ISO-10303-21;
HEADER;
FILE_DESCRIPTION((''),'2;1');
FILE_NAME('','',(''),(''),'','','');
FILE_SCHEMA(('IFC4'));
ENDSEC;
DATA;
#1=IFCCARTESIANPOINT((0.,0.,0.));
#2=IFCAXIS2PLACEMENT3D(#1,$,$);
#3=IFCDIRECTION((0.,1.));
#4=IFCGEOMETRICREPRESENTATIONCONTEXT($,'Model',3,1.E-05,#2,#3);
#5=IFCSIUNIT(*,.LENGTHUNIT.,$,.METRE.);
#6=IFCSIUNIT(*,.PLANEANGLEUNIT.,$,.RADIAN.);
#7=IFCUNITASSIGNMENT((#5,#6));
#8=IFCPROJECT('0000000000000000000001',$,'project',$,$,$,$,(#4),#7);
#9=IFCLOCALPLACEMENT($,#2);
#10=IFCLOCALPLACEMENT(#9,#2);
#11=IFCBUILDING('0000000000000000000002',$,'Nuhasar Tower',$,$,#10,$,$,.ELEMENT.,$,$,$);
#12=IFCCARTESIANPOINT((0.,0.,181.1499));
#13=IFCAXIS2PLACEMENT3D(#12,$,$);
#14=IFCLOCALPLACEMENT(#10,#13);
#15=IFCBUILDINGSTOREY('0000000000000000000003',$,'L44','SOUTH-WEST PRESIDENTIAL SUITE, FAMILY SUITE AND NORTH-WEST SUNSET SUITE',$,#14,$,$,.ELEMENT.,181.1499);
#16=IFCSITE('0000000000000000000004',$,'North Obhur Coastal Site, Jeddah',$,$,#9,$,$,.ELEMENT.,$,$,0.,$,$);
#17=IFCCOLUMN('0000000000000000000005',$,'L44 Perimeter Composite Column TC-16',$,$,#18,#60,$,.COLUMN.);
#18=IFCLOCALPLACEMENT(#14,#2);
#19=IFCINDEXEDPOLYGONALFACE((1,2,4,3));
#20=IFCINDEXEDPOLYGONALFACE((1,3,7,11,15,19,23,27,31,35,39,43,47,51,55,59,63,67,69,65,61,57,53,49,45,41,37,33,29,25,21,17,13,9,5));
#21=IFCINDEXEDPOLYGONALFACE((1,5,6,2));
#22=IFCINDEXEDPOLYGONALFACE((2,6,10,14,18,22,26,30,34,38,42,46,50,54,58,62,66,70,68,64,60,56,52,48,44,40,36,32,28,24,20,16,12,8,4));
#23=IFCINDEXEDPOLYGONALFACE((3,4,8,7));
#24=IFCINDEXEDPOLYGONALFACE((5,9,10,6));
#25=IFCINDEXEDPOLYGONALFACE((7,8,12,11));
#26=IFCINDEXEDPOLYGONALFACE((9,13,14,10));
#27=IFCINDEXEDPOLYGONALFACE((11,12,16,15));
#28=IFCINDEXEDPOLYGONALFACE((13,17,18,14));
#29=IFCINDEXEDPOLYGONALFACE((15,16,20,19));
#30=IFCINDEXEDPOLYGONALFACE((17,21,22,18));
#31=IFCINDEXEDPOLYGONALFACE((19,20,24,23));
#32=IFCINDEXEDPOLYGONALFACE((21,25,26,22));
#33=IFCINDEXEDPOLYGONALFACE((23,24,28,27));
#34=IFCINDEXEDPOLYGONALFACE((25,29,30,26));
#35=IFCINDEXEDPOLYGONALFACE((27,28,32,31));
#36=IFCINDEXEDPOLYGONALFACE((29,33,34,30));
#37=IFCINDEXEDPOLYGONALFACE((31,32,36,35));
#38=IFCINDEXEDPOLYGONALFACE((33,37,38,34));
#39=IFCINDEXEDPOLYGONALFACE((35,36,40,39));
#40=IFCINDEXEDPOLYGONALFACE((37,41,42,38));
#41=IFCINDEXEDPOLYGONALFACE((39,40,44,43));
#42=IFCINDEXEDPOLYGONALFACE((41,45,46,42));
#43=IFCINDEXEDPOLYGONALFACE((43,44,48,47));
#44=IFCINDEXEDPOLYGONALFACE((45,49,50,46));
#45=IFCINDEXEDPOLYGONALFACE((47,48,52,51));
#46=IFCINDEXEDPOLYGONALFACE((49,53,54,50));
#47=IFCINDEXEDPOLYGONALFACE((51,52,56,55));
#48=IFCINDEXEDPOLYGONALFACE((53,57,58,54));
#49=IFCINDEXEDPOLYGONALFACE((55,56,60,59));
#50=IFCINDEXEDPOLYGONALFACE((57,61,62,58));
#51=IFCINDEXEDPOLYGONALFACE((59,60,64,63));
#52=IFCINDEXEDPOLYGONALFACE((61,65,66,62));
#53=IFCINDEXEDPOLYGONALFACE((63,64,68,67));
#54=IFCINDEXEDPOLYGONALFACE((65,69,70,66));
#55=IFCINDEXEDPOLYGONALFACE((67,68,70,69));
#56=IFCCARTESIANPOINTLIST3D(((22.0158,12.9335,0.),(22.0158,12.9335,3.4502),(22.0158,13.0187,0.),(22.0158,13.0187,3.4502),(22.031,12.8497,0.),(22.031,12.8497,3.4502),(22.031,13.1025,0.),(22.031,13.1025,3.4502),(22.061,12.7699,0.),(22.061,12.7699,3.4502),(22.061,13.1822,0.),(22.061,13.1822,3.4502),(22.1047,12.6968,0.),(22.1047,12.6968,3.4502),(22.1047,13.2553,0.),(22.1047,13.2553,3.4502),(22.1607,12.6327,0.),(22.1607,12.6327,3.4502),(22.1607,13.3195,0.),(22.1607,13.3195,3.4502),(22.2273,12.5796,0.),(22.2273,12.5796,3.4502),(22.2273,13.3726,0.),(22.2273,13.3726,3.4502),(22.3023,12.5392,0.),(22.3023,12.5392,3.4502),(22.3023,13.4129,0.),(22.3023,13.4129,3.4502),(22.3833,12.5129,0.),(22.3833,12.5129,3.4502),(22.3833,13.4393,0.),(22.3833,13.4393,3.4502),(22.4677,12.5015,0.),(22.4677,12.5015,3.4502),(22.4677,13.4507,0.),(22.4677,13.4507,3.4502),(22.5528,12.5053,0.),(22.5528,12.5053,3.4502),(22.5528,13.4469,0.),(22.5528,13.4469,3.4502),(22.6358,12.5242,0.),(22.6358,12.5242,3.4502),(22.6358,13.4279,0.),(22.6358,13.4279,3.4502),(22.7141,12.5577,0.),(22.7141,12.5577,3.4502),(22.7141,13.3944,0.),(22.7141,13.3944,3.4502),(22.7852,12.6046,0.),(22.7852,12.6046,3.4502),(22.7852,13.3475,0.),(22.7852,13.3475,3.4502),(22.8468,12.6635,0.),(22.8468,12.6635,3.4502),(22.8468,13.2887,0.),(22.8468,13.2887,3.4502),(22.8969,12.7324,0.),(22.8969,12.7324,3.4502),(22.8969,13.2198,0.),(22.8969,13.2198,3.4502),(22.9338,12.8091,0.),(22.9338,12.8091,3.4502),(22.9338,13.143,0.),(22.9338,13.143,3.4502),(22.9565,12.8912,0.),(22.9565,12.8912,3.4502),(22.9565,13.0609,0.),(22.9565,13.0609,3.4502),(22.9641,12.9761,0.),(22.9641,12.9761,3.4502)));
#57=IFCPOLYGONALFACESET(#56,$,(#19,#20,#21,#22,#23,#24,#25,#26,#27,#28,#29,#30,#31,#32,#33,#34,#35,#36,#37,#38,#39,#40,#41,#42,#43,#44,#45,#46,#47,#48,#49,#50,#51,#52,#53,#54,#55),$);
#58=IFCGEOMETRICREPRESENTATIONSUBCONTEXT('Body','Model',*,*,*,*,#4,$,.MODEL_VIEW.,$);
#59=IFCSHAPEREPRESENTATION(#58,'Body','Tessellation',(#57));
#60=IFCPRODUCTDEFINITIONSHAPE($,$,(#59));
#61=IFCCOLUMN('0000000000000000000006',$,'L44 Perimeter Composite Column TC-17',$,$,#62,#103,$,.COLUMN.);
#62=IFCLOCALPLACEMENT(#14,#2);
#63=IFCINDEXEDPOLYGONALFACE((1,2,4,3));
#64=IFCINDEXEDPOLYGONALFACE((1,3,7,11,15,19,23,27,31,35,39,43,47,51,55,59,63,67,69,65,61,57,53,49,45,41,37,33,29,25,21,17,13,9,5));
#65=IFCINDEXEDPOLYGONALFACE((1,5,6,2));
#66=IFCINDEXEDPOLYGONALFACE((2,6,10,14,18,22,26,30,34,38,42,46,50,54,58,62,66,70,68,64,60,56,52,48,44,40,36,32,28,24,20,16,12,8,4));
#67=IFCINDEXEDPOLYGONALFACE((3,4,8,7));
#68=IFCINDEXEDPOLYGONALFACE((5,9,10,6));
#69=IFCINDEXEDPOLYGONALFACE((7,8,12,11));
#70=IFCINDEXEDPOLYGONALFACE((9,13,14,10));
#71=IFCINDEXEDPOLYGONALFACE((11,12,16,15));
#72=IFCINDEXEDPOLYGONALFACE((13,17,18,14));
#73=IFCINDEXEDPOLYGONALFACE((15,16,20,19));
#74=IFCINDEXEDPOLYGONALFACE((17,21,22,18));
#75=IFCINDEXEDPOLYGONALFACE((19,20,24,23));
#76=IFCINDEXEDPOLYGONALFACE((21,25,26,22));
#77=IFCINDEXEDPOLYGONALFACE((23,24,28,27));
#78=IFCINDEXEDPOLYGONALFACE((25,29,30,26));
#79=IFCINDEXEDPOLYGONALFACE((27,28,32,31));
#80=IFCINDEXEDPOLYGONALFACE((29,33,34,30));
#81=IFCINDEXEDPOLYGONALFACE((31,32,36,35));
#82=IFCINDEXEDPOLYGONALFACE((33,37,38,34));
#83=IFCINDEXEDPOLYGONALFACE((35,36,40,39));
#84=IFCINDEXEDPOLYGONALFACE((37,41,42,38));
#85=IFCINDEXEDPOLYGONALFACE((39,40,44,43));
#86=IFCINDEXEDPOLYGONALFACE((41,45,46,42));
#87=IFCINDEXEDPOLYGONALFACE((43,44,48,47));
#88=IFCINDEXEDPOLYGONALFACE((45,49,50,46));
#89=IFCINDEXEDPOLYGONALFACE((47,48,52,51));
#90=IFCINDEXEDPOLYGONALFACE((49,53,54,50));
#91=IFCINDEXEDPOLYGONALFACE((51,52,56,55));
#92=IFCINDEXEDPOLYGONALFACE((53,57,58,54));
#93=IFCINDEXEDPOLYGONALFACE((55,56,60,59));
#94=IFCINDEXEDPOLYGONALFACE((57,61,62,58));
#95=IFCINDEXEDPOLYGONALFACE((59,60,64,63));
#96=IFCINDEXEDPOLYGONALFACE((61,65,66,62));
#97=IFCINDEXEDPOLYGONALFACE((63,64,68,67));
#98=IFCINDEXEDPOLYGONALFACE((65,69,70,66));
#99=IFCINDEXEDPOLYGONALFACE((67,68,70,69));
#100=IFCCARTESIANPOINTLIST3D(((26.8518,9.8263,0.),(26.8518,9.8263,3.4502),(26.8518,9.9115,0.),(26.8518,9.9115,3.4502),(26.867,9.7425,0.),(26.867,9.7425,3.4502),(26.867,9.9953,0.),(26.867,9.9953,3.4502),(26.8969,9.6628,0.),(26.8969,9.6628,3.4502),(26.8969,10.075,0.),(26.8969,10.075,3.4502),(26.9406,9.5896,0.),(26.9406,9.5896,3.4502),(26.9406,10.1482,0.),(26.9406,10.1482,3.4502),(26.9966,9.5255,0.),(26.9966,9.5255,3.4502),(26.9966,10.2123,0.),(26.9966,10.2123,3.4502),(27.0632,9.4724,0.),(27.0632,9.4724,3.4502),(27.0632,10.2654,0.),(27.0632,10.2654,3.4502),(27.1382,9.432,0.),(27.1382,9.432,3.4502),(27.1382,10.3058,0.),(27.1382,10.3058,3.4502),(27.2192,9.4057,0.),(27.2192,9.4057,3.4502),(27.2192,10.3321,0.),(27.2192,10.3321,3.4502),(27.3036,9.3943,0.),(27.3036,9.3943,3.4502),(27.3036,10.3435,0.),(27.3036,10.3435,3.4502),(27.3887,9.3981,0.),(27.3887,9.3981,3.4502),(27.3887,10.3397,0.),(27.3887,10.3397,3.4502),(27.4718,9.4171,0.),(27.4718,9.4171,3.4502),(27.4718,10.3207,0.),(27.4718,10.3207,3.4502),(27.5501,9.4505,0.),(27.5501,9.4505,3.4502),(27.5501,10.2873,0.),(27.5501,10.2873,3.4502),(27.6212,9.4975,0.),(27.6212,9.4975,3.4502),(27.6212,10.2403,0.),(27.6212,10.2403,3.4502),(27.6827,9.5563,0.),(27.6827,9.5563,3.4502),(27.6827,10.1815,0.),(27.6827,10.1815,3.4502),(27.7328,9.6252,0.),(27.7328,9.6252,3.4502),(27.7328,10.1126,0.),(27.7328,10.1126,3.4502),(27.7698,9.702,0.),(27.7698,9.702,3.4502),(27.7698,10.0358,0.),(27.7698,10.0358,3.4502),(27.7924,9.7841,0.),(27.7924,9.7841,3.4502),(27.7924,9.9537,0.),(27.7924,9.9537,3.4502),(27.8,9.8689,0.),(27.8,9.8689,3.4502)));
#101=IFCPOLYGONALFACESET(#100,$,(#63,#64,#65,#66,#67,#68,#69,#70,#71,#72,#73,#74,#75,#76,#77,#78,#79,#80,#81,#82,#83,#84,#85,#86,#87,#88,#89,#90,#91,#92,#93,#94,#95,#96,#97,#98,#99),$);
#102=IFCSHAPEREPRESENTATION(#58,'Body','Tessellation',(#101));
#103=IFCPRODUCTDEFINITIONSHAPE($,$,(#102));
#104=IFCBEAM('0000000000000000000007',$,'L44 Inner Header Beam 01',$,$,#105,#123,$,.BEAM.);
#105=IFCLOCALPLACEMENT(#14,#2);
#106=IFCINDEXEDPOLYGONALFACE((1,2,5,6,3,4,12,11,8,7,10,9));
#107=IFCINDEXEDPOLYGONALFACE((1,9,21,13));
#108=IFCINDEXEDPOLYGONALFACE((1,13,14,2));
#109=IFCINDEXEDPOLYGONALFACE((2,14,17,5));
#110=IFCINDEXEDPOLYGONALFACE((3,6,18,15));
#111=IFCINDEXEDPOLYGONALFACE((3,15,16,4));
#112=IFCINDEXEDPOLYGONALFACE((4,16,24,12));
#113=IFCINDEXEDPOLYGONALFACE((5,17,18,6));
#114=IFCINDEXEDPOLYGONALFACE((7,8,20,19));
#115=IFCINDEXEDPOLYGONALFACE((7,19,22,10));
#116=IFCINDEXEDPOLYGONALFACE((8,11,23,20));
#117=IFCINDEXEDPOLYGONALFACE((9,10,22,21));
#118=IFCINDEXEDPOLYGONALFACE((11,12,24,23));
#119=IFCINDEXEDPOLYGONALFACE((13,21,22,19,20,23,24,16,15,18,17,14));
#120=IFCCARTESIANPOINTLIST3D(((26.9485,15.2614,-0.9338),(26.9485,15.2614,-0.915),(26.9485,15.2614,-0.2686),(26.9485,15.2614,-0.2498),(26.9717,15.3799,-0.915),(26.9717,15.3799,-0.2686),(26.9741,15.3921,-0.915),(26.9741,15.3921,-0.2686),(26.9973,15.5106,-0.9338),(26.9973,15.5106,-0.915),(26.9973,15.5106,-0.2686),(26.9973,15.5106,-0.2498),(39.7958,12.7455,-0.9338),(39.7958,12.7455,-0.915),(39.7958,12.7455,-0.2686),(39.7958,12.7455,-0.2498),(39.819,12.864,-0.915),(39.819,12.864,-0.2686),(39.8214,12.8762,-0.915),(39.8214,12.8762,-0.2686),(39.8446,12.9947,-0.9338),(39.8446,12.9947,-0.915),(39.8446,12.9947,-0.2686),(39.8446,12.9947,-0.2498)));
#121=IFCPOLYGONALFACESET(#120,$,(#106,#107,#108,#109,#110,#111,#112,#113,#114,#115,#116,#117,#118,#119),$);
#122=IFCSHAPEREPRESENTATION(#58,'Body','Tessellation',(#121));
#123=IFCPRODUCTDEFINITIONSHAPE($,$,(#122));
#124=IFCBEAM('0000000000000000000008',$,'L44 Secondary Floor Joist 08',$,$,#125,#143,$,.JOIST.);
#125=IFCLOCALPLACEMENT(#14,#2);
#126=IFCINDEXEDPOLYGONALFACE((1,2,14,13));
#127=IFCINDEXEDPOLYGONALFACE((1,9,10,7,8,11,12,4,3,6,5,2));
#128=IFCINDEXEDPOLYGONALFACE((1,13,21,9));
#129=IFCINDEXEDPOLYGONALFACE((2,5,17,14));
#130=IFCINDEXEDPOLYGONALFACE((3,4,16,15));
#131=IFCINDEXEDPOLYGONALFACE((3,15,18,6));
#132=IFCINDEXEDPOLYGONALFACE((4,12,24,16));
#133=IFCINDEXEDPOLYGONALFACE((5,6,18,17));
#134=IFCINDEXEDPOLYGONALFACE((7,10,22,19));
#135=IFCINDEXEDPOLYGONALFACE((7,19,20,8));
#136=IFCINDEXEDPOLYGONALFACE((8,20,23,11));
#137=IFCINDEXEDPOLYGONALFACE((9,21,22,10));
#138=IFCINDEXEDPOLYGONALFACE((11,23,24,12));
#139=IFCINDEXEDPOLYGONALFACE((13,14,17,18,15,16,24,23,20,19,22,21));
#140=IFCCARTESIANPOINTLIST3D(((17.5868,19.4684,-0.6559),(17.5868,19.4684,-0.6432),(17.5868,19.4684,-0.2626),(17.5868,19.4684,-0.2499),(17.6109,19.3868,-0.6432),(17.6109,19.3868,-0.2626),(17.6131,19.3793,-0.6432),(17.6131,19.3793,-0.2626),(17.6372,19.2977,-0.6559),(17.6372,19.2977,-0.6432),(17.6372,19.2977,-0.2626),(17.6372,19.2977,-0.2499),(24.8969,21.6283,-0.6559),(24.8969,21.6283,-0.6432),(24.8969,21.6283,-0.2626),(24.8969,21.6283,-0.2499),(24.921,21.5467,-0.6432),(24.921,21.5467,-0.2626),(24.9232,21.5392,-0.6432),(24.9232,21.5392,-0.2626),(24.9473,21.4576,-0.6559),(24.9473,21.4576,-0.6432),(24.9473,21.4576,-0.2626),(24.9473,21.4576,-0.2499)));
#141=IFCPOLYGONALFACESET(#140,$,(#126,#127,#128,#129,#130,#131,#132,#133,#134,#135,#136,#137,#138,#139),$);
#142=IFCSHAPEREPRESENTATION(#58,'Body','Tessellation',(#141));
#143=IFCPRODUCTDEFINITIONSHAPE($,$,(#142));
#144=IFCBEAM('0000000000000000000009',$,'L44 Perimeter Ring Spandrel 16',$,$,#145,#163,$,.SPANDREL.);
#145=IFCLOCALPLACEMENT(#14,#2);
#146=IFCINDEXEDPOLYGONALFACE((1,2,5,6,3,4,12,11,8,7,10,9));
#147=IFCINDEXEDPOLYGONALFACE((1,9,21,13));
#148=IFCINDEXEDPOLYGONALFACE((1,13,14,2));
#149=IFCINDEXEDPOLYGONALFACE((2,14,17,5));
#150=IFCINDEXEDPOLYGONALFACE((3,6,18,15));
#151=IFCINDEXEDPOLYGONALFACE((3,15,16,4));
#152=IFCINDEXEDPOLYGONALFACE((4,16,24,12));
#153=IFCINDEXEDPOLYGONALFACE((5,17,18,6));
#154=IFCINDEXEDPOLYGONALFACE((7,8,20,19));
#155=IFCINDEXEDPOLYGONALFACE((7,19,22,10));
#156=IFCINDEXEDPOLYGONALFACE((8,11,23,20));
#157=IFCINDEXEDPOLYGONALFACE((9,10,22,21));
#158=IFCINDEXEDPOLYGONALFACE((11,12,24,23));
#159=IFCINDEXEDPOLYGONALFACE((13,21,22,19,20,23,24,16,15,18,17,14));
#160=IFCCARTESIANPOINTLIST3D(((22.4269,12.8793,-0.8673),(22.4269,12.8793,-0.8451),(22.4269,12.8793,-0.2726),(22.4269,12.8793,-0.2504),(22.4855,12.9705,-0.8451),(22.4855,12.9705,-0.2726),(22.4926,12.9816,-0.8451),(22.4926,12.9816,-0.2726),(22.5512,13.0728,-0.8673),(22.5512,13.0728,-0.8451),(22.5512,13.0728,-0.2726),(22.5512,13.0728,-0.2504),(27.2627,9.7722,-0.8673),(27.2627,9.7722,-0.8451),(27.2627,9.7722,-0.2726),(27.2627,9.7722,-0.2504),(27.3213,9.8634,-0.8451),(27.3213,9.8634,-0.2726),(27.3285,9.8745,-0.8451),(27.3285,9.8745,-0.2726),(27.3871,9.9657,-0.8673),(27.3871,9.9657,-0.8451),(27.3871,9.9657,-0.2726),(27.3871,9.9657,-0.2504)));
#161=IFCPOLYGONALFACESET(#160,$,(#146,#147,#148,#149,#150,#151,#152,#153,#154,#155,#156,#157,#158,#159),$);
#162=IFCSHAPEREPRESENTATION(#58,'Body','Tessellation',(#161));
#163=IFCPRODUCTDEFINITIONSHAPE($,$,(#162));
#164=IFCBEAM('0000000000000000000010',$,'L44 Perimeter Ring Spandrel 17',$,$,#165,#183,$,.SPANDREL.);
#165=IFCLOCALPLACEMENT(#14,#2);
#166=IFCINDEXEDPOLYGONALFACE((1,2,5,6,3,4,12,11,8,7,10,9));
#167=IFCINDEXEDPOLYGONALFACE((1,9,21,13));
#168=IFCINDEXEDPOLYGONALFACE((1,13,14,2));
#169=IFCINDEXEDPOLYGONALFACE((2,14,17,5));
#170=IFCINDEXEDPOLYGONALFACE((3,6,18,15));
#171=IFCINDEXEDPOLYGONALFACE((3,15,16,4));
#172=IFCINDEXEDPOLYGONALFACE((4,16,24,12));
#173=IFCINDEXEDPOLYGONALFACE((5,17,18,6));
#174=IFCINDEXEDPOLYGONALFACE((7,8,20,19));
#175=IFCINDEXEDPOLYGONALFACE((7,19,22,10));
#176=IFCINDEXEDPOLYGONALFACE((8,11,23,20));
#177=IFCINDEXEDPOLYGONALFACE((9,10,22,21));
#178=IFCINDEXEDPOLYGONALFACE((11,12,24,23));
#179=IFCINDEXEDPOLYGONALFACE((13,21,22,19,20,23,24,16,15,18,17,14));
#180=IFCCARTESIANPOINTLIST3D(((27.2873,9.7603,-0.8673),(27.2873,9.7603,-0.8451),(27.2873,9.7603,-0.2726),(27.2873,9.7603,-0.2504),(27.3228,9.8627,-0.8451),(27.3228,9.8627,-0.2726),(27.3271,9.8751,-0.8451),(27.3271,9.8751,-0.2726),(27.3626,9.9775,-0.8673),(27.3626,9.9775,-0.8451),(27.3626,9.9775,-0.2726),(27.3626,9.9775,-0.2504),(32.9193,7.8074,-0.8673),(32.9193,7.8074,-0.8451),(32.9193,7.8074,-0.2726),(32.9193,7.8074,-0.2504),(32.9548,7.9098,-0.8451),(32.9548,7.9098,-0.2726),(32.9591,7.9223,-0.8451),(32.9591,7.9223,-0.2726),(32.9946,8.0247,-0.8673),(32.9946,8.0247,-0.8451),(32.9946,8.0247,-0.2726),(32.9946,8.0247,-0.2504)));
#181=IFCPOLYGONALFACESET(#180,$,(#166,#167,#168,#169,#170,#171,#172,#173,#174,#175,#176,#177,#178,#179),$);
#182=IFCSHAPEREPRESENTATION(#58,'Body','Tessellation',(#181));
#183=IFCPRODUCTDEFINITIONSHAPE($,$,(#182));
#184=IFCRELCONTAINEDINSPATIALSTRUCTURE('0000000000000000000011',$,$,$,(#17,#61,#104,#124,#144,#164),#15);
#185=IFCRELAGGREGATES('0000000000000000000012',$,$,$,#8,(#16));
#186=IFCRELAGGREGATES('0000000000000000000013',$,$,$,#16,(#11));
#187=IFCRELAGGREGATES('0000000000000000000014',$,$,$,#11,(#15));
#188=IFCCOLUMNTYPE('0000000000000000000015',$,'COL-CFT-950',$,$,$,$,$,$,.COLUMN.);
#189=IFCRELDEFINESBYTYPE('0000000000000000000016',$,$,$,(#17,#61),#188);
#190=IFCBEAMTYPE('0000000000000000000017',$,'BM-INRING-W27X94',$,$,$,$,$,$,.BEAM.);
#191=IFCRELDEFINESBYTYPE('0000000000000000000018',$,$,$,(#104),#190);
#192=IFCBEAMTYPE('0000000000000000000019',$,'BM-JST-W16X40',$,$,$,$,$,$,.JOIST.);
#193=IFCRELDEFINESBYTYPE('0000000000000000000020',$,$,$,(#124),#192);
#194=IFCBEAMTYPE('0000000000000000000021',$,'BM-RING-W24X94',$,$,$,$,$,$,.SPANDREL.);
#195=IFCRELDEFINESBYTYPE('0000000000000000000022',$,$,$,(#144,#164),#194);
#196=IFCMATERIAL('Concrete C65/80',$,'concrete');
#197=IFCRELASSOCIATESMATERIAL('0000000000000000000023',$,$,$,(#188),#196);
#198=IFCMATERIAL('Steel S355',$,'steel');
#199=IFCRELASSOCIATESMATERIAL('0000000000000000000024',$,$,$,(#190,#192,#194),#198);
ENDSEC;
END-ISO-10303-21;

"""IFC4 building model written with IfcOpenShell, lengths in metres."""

from ifc_helpers import new_model, si_unit, direction, frame, origin, origin_2d, place, context, subcontext, project, spatial, circle, i_section, extrude, material, material_profile, profile_set, type_object, element, save


model = new_model("IFC4")

# Units and contexts
model_context = context("Model", 3, precision=1e-05, world=origin(), true_north=direction((0.0, 1.0)))
body_context = subcontext(model_context, "Body", "Model", "MODEL_VIEW")
ifc_project = project(units=[si_unit("LENGTHUNIT", "METRE"), si_unit("PLANEANGLEUNIT", "RADIAN")], contexts=[model_context])

# Site, building, storey
site_placement = place(None, origin())
site = spatial("IfcSite", under=ifc_project, at=site_placement, Name="North Obhur Coastal Site, Jeddah", CompositionType="ELEMENT", RefElevation=0.0)
building_placement = place(site_placement, origin())
building = spatial("IfcBuilding", under=site, at=building_placement, Name="Nuhasar Tower", CompositionType="ELEMENT")
storey_placement = place(building_placement, frame((0.0, 0.0, 181.1499)))
storey = spatial("IfcBuildingStorey", under=building, at=storey_placement, Name="L44", Description="SOUTH-WEST PRESIDENTIAL SUITE, FAMILY SUITE AND NORTH-WEST SUNSET SUITE", CompositionType="ELEMENT", Elevation=181.1499)

# Columns
ifc_material_1 = material(Name="Concrete C65/80", Category="concrete")
ifc_material_profile_1 = material_profile(ifc_material_1, circle(Radius=0.4751, at=origin_2d()), Name="CFT950")
ifc_profile_set_1 = profile_set([ifc_material_profile_1], Name="Concrete C65/80")
column_type = type_object("IfcColumnType", Name="COL-CFT-950", PredefinedType="COLUMN", material=ifc_profile_set_1)
for number, where, z_axis, x_axis, name in (
    (1, (22.489, 12.9761, 0.0), (0.0, 0.0, 1.0), (1.0, 0.0, 0.0), "L44 Perimeter Composite Column TC-16"),
    (2, (27.325, 9.8689, 0.0), (0.0, 0.0, 1.0), (1.0, 0.0, 0.0), "L44 Perimeter Composite Column TC-17"),
):
    element("IfcColumn", number, at=place(storey_placement, frame(where, z_axis=z_axis, x_axis=x_axis)), inside=storey, type_object=column_type, Name=name, PredefinedType="COLUMN", context=body_context, shape_type="SweptSolid", body=[
        extrude(circle(Radius=0.4751, at=origin_2d()), origin(), (0.0, 0.0, 1.0), 3.4502),
    ])

# Beams
ifc_material_2 = material(Name="Steel S355", Category="steel")
ifc_material_profile_2 = material_profile(ifc_material_2, i_section(OverallWidth=0.2539, OverallDepth=0.6841, WebThickness=0.0125, FlangeThickness=0.0188, at=origin_2d()), Name="W27X94")
ifc_profile_set_2 = profile_set([ifc_material_profile_2], Name="Steel S355")
beam_type_1 = type_object("IfcBeamType", Name="BM-INRING-W27X94", PredefinedType="BEAM", material=ifc_profile_set_2)
beam_1_placement = place(storey_placement, frame((26.9729, 15.386, -0.5918), z_axis=(0.98136, -0.19218, 0.0), x_axis=(0.19218, 0.98136, 0.0)))
element("IfcBeam", 3, at=beam_1_placement, inside=storey, type_object=beam_type_1, Name="L44 Inner Header Beam 01", PredefinedType="BEAM", context=body_context, shape_type="SweptSolid", body=[
    extrude(i_section(OverallWidth=0.2539, OverallDepth=0.6841, WebThickness=0.0125, FlangeThickness=0.0188, at=origin_2d()), origin(), (0.0, 0.0, 1.0), 13.0913),
])
ifc_material_profile_3 = material_profile(ifc_material_2, i_section(OverallWidth=0.178, OverallDepth=0.406, WebThickness=0.0078, FlangeThickness=0.0127, at=origin_2d()), Name="W16X40")
ifc_profile_set_3 = profile_set([ifc_material_profile_3], Name="Steel S355")
beam_type_2 = type_object("IfcBeamType", Name="BM-JST-W16X40", PredefinedType="JOIST", material=ifc_profile_set_3)
beam_2_placement = place(storey_placement, frame((24.9221, 21.543, -0.4529), z_axis=(-0.959013, -0.283361, 0.0), x_axis=(0.283361, -0.959013, 0.0)))
element("IfcBeam", 4, at=beam_2_placement, inside=storey, type_object=beam_type_2, Name="L44 Secondary Floor Joist 08", PredefinedType="JOIST", context=body_context, shape_type="SweptSolid", body=[
    extrude(i_section(OverallWidth=0.178, OverallDepth=0.406, WebThickness=0.0078, FlangeThickness=0.0127, at=origin_2d()), origin(), (0.0, 0.0, 1.0), 7.6226),
])
ifc_material_profile_4 = material_profile(ifc_material_2, i_section(OverallWidth=0.23, OverallDepth=0.6169, WebThickness=0.0132, FlangeThickness=0.0222, at=origin_2d()), Name="W24X94")
ifc_profile_set_4 = profile_set([ifc_material_profile_4], Name="Steel S355")
beam_type_3 = type_object("IfcBeamType", Name="BM-RING-W24X94", PredefinedType="SPANDREL", material=ifc_profile_set_4)
beam_3_placement = place(storey_placement, frame((22.489, 12.9761, -0.5588), z_axis=(0.841308, -0.540556, 0.0), x_axis=(0.540556, 0.841308, 0.0)))
element("IfcBeam", 5, at=beam_3_placement, inside=storey, type_object=beam_type_3, Name="L44 Perimeter Ring Spandrel 16", PredefinedType="SPANDREL", context=body_context, shape_type="SweptSolid", body=[
    extrude(i_section(OverallWidth=0.23, OverallDepth=0.6169, WebThickness=0.0132, FlangeThickness=0.0222, at=origin_2d()), origin(), (0.0, 0.0, 1.0), 5.748),
])
beam_4_placement = place(storey_placement, frame((27.325, 9.8689, -0.5588), z_axis=(0.944814, -0.327607, 0.0), x_axis=(0.327607, 0.944814, 0.0)))
element("IfcBeam", 6, at=beam_4_placement, inside=storey, type_object=beam_type_3, Name="L44 Perimeter Ring Spandrel 17", PredefinedType="SPANDREL", context=body_context, shape_type="SweptSolid", body=[
    extrude(i_section(OverallWidth=0.23, OverallDepth=0.6169, WebThickness=0.0132, FlangeThickness=0.0222, at=origin_2d()), origin(), (0.0, 0.0, 1.0), 5.9609),
])

save(model, "model.ifc")
